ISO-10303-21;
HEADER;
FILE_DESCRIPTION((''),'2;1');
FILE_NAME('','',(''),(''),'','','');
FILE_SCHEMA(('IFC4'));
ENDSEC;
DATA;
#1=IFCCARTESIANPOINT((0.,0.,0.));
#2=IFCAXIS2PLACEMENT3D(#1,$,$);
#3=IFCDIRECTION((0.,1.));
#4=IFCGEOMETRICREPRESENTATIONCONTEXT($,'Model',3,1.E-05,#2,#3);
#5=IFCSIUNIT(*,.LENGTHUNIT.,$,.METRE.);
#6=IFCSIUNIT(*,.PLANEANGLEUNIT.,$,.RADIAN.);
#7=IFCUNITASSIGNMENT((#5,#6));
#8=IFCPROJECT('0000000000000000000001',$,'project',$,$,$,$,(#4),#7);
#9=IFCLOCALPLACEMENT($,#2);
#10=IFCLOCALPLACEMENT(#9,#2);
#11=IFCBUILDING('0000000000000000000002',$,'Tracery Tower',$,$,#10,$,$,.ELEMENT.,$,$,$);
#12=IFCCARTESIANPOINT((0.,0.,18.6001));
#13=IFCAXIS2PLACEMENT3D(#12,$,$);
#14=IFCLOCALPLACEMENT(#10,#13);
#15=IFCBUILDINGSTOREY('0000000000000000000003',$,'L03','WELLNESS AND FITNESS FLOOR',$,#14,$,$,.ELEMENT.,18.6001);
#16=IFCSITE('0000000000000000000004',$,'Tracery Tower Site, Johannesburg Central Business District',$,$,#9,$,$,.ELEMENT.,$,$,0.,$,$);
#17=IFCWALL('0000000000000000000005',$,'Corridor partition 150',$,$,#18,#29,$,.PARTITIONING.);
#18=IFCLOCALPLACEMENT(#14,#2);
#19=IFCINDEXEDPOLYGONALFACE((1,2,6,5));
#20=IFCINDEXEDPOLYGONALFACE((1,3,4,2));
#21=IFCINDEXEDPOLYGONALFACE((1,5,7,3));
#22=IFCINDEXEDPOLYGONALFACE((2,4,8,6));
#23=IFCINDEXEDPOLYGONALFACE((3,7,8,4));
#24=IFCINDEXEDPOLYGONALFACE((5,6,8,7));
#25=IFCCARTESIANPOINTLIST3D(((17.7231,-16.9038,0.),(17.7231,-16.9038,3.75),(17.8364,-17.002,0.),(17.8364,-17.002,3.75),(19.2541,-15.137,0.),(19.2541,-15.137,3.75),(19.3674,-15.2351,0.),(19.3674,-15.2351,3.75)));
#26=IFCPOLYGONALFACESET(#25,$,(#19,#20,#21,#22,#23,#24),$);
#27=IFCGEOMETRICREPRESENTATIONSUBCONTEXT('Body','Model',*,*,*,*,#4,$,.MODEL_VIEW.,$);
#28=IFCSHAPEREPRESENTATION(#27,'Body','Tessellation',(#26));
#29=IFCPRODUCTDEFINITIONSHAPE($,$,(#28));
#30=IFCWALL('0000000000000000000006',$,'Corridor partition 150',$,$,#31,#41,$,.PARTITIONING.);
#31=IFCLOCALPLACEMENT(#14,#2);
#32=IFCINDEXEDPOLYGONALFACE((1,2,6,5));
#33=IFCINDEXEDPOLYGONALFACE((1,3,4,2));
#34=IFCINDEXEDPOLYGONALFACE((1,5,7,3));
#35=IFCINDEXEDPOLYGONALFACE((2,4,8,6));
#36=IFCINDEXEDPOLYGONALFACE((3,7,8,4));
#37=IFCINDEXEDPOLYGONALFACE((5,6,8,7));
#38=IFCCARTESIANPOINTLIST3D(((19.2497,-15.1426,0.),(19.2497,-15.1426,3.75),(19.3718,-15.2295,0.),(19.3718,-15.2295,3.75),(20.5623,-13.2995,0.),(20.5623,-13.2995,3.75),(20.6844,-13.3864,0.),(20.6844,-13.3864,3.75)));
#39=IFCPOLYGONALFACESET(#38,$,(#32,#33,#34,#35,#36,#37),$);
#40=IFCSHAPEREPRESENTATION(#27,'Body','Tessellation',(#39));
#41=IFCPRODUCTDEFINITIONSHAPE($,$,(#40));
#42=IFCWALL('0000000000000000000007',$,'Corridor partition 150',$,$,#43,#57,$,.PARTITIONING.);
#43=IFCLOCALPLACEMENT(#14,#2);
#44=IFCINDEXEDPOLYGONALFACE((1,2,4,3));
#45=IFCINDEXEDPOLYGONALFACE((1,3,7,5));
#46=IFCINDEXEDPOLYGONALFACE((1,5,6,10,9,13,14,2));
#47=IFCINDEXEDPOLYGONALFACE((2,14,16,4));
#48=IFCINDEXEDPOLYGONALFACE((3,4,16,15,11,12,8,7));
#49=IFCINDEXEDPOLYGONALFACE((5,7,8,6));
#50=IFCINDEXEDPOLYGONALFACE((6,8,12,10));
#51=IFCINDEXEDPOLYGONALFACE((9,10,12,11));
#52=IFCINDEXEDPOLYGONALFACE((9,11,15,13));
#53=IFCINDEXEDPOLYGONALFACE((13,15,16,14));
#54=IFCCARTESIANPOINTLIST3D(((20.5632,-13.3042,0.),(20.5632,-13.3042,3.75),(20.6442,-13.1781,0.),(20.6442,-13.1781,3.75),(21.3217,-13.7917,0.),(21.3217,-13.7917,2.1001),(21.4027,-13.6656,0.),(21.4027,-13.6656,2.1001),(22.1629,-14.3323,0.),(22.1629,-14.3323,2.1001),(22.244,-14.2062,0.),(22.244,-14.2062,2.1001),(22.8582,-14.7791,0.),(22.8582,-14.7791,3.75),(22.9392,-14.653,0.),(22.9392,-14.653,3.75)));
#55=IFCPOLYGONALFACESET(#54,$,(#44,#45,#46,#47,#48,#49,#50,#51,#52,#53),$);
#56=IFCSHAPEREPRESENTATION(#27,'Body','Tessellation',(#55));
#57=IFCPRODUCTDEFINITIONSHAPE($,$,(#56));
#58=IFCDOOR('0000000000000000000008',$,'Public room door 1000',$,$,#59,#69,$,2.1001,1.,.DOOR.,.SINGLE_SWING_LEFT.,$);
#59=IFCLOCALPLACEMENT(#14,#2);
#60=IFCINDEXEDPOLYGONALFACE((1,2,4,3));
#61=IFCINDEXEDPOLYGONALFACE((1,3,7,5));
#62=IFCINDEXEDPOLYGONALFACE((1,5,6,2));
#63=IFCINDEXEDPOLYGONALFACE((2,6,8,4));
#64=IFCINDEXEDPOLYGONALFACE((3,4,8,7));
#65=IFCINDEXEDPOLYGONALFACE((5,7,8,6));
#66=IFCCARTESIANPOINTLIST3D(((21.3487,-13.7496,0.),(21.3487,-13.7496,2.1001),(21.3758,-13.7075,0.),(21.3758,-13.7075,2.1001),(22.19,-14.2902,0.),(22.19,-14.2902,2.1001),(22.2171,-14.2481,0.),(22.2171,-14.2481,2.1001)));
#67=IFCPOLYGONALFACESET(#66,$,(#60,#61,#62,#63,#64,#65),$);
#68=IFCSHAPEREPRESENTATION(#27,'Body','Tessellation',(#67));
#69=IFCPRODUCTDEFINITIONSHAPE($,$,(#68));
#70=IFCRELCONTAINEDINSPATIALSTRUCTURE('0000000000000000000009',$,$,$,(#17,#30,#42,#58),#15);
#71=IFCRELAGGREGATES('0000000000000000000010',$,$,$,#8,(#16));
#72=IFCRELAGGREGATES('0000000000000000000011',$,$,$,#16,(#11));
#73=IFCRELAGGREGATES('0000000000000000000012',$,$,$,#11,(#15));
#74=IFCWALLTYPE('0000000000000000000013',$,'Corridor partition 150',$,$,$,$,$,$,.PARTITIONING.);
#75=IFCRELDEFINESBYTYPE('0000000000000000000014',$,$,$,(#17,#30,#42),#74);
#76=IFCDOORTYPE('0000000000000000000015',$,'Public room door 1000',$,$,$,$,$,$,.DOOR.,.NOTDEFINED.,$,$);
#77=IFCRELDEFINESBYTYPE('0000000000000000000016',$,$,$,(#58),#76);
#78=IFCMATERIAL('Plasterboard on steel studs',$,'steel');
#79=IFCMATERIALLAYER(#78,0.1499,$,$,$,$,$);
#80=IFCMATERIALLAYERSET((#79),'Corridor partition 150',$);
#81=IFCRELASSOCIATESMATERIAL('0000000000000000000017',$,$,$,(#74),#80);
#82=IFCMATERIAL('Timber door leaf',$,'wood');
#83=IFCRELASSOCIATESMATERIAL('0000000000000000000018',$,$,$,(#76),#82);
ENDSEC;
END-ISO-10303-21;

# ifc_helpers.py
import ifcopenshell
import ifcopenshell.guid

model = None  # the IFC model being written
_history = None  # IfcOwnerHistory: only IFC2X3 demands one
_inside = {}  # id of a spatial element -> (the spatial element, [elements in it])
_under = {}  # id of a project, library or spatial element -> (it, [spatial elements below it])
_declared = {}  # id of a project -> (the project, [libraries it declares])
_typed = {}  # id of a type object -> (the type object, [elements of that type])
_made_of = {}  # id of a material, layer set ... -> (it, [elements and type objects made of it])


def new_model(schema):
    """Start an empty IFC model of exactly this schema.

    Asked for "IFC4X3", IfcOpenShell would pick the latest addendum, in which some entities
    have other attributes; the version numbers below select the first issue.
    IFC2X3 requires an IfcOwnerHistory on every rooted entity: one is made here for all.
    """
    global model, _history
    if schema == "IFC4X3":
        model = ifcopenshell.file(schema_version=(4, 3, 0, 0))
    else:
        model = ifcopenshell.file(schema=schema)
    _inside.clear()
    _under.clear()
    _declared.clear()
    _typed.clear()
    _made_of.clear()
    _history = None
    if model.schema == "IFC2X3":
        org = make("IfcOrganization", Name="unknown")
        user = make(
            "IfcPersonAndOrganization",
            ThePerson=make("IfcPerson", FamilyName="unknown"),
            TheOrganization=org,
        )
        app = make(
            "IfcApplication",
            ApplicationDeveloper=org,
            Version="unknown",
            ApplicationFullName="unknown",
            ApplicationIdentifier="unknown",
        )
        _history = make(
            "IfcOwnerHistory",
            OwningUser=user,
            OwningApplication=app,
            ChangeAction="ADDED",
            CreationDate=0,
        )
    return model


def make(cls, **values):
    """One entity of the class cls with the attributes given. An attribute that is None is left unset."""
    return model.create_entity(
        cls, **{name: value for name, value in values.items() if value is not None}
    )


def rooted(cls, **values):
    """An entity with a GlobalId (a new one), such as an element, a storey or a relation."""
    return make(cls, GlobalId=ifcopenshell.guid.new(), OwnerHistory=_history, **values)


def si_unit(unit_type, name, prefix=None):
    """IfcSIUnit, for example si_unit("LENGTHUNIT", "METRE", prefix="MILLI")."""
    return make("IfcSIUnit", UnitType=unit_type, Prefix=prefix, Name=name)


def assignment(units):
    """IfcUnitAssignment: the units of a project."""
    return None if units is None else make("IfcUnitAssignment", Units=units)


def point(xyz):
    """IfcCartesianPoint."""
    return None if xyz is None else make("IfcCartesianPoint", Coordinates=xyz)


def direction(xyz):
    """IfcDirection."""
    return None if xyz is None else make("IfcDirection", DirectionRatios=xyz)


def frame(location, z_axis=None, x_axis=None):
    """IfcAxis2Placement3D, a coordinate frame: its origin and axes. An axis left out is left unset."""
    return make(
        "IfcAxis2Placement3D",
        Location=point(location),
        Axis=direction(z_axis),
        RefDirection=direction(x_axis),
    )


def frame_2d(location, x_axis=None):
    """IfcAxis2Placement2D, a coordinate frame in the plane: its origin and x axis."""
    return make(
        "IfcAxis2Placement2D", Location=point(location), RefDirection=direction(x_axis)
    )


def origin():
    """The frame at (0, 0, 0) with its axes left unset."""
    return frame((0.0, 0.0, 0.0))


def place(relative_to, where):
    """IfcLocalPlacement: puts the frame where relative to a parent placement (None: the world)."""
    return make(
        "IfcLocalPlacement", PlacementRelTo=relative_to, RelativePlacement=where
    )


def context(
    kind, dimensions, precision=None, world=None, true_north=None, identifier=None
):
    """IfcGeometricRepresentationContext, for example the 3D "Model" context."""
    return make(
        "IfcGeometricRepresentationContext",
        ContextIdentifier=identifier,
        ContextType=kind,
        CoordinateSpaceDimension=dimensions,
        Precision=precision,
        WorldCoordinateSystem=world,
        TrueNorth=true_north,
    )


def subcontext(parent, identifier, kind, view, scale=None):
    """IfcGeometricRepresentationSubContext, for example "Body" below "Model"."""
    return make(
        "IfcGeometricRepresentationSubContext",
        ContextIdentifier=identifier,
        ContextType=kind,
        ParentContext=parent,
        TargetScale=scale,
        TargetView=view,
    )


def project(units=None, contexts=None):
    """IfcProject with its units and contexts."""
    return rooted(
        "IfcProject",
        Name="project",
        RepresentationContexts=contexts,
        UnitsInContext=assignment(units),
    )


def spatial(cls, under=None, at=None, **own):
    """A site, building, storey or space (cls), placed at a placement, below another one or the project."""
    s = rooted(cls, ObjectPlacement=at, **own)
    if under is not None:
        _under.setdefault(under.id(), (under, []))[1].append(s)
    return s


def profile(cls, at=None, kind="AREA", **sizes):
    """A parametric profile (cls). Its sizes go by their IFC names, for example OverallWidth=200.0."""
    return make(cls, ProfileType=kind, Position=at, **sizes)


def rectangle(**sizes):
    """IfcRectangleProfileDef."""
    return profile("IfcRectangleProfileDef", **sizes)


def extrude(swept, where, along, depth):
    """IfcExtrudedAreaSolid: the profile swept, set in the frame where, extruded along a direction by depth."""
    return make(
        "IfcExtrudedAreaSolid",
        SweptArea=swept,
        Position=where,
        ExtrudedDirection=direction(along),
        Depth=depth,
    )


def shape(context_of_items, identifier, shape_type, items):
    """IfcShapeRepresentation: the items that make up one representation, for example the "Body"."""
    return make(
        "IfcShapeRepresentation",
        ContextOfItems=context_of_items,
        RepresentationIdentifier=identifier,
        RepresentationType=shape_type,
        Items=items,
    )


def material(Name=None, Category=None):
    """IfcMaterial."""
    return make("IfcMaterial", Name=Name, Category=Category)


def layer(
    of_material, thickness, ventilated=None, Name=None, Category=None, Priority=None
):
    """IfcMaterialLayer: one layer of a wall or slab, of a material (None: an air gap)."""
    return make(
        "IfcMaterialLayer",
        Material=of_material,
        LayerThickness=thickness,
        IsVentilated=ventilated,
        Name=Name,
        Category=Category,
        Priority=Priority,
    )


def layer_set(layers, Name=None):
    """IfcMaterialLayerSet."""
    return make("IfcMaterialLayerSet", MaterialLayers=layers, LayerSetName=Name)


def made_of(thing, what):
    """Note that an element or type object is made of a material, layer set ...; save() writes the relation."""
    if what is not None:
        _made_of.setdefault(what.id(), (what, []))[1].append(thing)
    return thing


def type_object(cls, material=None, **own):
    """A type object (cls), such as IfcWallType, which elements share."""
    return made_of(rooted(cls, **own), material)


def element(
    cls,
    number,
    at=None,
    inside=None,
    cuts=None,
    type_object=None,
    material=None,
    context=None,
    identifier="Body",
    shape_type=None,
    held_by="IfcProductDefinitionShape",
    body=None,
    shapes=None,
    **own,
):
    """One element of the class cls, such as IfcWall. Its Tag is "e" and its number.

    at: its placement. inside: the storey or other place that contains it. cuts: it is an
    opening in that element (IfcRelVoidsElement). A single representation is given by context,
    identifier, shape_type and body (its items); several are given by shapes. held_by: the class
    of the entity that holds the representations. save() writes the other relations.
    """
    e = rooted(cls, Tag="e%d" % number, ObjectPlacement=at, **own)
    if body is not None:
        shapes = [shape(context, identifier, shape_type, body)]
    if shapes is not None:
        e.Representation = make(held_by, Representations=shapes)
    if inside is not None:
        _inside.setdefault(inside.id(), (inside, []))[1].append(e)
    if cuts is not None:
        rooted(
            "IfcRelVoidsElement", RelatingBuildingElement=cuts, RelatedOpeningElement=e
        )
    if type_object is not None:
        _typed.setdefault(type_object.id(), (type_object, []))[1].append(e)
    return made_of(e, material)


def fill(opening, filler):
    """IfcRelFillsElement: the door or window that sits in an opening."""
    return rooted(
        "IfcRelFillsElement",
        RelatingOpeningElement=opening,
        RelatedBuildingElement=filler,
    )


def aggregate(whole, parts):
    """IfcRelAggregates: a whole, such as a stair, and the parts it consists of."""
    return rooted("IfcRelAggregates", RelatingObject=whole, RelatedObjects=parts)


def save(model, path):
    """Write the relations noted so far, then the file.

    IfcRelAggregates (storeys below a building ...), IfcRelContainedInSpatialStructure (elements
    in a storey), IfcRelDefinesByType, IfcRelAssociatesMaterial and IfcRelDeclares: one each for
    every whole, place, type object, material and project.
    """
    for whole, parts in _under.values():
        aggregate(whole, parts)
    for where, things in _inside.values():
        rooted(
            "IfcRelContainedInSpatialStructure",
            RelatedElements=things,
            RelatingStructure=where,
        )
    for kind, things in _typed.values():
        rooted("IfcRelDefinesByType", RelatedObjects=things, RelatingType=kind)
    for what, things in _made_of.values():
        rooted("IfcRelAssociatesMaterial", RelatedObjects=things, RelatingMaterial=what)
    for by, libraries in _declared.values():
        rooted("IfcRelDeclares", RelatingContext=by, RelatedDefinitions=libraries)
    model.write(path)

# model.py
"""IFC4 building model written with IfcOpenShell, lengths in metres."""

from ifc_helpers import new_model, si_unit, direction, frame, frame_2d, origin, place, context, subcontext, project, spatial, rectangle, extrude, material, layer, layer_set, type_object, element, fill, save


model = new_model("IFC4")

# Units and contexts
model_context = context("Model", 3, precision=1e-05, world=origin(), true_north=direction((0.0, 1.0)))
body_context = subcontext(model_context, "Body", "Model", "MODEL_VIEW")
ifc_project = project(units=[si_unit("LENGTHUNIT", "METRE"), si_unit("PLANEANGLEUNIT", "RADIAN")], contexts=[model_context])

# Site, building, storey
site_placement = place(None, origin())
site = spatial("IfcSite", under=ifc_project, at=site_placement, Name="Tracery Tower Site, Johannesburg Central Business District", CompositionType="ELEMENT", RefElevation=0.0)
building_placement = place(site_placement, origin())
building = spatial("IfcBuilding", under=site, at=building_placement, Name="Tracery Tower", CompositionType="ELEMENT")
storey_placement = place(building_placement, frame((0.0, 0.0, 18.6001)))
storey = spatial("IfcBuildingStorey", under=building, at=storey_placement, Name="L03", Description="WELLNESS AND FITNESS FLOOR", CompositionType="ELEMENT", Elevation=18.6001)

# Shared definitions
ifc_material_1 = material(Name="Plasterboard on steel studs", Category="steel")
ifc_layer_1 = layer(ifc_material_1, 0.1499)
ifc_layer_set_1 = layer_set([ifc_layer_1], Name="Corridor partition 150")
wall_type_1 = type_object("IfcWallType", Name="Corridor partition 150", PredefinedType="PARTITIONING", material=ifc_layer_set_1)

# Walls
wall_1_placement = place(storey_placement, frame((17.7798, -16.9529, 0.0), z_axis=(0.0, 0.0, 1.0), x_axis=(0.654867, 0.755744, 0.0)))
element("IfcWall", 1, at=wall_1_placement, inside=storey, type_object=wall_type_1, Name="Corridor partition 150", PredefinedType="PARTITIONING", context=body_context, shape_type="SweptSolid", body=[
    extrude(rectangle(XDim=2.3379, YDim=0.1499, at=frame_2d((1.1689, 0.0))), origin(), (0.0, 0.0, 1.0), 3.75),
])
wall_2_placement = place(storey_placement, frame((19.3108, -15.186, 0.0), z_axis=(0.0, 0.0, 1.0), x_axis=(0.580084, 0.814557, 0.0)))
element("IfcWall", 2, at=wall_2_placement, inside=storey, type_object=wall_type_1, Name="Corridor partition 150", PredefinedType="PARTITIONING", context=body_context, shape_type="SweptSolid", body=[
    extrude(rectangle(XDim=2.2627, YDim=0.1499, at=frame_2d((1.1313, 0.0))), origin(), (0.0, 0.0, 1.0), 3.75),
])

# Wall, opening, door
wall_3_placement = place(storey_placement, frame((22.8987, -14.7161, 0.0), z_axis=(0.0, 0.0, 1.0), x_axis=(-0.841254, 0.54064, 0.0)))
wall_3 = element("IfcWall", 3, at=wall_3_placement, inside=storey, type_object=wall_type_1, Name="Corridor partition 150", PredefinedType="PARTITIONING", context=body_context, shape_type="SweptSolid", body=[
    extrude(rectangle(XDim=2.728, YDim=0.1499, at=frame_2d((1.364, 0.0))), origin(), (0.0, 0.0, 1.0), 3.75),
])
opening_1_placement = place(wall_3_placement, frame((0.8264, 0.0, 0.0)))
opening_1 = element("IfcOpeningElement", 4, at=opening_1_placement, cuts=wall_3, PredefinedType="OPENING", context=body_context, shape_type="SweptSolid", body=[
    extrude(rectangle(XDim=1.0, YDim=2.1001, at=frame_2d((0.5, 1.05))), frame((0.0, 0.075, 0.0), z_axis=(0.0, -1.0, 0.0), x_axis=(1.0, 0.0, 0.0)), (0.0, 0.0, 1.0), 0.1499),
])
ifc_material_2 = material(Name="Timber door leaf", Category="wood")
door_type_1 = type_object("IfcDoorType", Name="Public room door 1000", OperationType="NOTDEFINED", PredefinedType="DOOR", material=ifc_material_2)
door_1_placement = place(opening_1_placement, origin())
door_1 = element("IfcDoor", 5, at=door_1_placement, inside=storey, type_object=door_type_1, Name="Public room door 1000", OperationType="SINGLE_SWING_LEFT", OverallHeight=2.1001, OverallWidth=1.0, PredefinedType="DOOR", context=body_context, shape_type="SweptSolid", body=[
    extrude(rectangle(XDim=1.0, YDim=2.1001, at=frame_2d((0.5, 1.05))), frame((0.0, 0.0249, 0.0), z_axis=(0.0, -1.0, 0.0), x_axis=(1.0, 0.0, 0.0)), (0.0, 0.0, 1.0), 0.05),
])
fill(opening_1, door_1)

save(model, "model.ifc")
